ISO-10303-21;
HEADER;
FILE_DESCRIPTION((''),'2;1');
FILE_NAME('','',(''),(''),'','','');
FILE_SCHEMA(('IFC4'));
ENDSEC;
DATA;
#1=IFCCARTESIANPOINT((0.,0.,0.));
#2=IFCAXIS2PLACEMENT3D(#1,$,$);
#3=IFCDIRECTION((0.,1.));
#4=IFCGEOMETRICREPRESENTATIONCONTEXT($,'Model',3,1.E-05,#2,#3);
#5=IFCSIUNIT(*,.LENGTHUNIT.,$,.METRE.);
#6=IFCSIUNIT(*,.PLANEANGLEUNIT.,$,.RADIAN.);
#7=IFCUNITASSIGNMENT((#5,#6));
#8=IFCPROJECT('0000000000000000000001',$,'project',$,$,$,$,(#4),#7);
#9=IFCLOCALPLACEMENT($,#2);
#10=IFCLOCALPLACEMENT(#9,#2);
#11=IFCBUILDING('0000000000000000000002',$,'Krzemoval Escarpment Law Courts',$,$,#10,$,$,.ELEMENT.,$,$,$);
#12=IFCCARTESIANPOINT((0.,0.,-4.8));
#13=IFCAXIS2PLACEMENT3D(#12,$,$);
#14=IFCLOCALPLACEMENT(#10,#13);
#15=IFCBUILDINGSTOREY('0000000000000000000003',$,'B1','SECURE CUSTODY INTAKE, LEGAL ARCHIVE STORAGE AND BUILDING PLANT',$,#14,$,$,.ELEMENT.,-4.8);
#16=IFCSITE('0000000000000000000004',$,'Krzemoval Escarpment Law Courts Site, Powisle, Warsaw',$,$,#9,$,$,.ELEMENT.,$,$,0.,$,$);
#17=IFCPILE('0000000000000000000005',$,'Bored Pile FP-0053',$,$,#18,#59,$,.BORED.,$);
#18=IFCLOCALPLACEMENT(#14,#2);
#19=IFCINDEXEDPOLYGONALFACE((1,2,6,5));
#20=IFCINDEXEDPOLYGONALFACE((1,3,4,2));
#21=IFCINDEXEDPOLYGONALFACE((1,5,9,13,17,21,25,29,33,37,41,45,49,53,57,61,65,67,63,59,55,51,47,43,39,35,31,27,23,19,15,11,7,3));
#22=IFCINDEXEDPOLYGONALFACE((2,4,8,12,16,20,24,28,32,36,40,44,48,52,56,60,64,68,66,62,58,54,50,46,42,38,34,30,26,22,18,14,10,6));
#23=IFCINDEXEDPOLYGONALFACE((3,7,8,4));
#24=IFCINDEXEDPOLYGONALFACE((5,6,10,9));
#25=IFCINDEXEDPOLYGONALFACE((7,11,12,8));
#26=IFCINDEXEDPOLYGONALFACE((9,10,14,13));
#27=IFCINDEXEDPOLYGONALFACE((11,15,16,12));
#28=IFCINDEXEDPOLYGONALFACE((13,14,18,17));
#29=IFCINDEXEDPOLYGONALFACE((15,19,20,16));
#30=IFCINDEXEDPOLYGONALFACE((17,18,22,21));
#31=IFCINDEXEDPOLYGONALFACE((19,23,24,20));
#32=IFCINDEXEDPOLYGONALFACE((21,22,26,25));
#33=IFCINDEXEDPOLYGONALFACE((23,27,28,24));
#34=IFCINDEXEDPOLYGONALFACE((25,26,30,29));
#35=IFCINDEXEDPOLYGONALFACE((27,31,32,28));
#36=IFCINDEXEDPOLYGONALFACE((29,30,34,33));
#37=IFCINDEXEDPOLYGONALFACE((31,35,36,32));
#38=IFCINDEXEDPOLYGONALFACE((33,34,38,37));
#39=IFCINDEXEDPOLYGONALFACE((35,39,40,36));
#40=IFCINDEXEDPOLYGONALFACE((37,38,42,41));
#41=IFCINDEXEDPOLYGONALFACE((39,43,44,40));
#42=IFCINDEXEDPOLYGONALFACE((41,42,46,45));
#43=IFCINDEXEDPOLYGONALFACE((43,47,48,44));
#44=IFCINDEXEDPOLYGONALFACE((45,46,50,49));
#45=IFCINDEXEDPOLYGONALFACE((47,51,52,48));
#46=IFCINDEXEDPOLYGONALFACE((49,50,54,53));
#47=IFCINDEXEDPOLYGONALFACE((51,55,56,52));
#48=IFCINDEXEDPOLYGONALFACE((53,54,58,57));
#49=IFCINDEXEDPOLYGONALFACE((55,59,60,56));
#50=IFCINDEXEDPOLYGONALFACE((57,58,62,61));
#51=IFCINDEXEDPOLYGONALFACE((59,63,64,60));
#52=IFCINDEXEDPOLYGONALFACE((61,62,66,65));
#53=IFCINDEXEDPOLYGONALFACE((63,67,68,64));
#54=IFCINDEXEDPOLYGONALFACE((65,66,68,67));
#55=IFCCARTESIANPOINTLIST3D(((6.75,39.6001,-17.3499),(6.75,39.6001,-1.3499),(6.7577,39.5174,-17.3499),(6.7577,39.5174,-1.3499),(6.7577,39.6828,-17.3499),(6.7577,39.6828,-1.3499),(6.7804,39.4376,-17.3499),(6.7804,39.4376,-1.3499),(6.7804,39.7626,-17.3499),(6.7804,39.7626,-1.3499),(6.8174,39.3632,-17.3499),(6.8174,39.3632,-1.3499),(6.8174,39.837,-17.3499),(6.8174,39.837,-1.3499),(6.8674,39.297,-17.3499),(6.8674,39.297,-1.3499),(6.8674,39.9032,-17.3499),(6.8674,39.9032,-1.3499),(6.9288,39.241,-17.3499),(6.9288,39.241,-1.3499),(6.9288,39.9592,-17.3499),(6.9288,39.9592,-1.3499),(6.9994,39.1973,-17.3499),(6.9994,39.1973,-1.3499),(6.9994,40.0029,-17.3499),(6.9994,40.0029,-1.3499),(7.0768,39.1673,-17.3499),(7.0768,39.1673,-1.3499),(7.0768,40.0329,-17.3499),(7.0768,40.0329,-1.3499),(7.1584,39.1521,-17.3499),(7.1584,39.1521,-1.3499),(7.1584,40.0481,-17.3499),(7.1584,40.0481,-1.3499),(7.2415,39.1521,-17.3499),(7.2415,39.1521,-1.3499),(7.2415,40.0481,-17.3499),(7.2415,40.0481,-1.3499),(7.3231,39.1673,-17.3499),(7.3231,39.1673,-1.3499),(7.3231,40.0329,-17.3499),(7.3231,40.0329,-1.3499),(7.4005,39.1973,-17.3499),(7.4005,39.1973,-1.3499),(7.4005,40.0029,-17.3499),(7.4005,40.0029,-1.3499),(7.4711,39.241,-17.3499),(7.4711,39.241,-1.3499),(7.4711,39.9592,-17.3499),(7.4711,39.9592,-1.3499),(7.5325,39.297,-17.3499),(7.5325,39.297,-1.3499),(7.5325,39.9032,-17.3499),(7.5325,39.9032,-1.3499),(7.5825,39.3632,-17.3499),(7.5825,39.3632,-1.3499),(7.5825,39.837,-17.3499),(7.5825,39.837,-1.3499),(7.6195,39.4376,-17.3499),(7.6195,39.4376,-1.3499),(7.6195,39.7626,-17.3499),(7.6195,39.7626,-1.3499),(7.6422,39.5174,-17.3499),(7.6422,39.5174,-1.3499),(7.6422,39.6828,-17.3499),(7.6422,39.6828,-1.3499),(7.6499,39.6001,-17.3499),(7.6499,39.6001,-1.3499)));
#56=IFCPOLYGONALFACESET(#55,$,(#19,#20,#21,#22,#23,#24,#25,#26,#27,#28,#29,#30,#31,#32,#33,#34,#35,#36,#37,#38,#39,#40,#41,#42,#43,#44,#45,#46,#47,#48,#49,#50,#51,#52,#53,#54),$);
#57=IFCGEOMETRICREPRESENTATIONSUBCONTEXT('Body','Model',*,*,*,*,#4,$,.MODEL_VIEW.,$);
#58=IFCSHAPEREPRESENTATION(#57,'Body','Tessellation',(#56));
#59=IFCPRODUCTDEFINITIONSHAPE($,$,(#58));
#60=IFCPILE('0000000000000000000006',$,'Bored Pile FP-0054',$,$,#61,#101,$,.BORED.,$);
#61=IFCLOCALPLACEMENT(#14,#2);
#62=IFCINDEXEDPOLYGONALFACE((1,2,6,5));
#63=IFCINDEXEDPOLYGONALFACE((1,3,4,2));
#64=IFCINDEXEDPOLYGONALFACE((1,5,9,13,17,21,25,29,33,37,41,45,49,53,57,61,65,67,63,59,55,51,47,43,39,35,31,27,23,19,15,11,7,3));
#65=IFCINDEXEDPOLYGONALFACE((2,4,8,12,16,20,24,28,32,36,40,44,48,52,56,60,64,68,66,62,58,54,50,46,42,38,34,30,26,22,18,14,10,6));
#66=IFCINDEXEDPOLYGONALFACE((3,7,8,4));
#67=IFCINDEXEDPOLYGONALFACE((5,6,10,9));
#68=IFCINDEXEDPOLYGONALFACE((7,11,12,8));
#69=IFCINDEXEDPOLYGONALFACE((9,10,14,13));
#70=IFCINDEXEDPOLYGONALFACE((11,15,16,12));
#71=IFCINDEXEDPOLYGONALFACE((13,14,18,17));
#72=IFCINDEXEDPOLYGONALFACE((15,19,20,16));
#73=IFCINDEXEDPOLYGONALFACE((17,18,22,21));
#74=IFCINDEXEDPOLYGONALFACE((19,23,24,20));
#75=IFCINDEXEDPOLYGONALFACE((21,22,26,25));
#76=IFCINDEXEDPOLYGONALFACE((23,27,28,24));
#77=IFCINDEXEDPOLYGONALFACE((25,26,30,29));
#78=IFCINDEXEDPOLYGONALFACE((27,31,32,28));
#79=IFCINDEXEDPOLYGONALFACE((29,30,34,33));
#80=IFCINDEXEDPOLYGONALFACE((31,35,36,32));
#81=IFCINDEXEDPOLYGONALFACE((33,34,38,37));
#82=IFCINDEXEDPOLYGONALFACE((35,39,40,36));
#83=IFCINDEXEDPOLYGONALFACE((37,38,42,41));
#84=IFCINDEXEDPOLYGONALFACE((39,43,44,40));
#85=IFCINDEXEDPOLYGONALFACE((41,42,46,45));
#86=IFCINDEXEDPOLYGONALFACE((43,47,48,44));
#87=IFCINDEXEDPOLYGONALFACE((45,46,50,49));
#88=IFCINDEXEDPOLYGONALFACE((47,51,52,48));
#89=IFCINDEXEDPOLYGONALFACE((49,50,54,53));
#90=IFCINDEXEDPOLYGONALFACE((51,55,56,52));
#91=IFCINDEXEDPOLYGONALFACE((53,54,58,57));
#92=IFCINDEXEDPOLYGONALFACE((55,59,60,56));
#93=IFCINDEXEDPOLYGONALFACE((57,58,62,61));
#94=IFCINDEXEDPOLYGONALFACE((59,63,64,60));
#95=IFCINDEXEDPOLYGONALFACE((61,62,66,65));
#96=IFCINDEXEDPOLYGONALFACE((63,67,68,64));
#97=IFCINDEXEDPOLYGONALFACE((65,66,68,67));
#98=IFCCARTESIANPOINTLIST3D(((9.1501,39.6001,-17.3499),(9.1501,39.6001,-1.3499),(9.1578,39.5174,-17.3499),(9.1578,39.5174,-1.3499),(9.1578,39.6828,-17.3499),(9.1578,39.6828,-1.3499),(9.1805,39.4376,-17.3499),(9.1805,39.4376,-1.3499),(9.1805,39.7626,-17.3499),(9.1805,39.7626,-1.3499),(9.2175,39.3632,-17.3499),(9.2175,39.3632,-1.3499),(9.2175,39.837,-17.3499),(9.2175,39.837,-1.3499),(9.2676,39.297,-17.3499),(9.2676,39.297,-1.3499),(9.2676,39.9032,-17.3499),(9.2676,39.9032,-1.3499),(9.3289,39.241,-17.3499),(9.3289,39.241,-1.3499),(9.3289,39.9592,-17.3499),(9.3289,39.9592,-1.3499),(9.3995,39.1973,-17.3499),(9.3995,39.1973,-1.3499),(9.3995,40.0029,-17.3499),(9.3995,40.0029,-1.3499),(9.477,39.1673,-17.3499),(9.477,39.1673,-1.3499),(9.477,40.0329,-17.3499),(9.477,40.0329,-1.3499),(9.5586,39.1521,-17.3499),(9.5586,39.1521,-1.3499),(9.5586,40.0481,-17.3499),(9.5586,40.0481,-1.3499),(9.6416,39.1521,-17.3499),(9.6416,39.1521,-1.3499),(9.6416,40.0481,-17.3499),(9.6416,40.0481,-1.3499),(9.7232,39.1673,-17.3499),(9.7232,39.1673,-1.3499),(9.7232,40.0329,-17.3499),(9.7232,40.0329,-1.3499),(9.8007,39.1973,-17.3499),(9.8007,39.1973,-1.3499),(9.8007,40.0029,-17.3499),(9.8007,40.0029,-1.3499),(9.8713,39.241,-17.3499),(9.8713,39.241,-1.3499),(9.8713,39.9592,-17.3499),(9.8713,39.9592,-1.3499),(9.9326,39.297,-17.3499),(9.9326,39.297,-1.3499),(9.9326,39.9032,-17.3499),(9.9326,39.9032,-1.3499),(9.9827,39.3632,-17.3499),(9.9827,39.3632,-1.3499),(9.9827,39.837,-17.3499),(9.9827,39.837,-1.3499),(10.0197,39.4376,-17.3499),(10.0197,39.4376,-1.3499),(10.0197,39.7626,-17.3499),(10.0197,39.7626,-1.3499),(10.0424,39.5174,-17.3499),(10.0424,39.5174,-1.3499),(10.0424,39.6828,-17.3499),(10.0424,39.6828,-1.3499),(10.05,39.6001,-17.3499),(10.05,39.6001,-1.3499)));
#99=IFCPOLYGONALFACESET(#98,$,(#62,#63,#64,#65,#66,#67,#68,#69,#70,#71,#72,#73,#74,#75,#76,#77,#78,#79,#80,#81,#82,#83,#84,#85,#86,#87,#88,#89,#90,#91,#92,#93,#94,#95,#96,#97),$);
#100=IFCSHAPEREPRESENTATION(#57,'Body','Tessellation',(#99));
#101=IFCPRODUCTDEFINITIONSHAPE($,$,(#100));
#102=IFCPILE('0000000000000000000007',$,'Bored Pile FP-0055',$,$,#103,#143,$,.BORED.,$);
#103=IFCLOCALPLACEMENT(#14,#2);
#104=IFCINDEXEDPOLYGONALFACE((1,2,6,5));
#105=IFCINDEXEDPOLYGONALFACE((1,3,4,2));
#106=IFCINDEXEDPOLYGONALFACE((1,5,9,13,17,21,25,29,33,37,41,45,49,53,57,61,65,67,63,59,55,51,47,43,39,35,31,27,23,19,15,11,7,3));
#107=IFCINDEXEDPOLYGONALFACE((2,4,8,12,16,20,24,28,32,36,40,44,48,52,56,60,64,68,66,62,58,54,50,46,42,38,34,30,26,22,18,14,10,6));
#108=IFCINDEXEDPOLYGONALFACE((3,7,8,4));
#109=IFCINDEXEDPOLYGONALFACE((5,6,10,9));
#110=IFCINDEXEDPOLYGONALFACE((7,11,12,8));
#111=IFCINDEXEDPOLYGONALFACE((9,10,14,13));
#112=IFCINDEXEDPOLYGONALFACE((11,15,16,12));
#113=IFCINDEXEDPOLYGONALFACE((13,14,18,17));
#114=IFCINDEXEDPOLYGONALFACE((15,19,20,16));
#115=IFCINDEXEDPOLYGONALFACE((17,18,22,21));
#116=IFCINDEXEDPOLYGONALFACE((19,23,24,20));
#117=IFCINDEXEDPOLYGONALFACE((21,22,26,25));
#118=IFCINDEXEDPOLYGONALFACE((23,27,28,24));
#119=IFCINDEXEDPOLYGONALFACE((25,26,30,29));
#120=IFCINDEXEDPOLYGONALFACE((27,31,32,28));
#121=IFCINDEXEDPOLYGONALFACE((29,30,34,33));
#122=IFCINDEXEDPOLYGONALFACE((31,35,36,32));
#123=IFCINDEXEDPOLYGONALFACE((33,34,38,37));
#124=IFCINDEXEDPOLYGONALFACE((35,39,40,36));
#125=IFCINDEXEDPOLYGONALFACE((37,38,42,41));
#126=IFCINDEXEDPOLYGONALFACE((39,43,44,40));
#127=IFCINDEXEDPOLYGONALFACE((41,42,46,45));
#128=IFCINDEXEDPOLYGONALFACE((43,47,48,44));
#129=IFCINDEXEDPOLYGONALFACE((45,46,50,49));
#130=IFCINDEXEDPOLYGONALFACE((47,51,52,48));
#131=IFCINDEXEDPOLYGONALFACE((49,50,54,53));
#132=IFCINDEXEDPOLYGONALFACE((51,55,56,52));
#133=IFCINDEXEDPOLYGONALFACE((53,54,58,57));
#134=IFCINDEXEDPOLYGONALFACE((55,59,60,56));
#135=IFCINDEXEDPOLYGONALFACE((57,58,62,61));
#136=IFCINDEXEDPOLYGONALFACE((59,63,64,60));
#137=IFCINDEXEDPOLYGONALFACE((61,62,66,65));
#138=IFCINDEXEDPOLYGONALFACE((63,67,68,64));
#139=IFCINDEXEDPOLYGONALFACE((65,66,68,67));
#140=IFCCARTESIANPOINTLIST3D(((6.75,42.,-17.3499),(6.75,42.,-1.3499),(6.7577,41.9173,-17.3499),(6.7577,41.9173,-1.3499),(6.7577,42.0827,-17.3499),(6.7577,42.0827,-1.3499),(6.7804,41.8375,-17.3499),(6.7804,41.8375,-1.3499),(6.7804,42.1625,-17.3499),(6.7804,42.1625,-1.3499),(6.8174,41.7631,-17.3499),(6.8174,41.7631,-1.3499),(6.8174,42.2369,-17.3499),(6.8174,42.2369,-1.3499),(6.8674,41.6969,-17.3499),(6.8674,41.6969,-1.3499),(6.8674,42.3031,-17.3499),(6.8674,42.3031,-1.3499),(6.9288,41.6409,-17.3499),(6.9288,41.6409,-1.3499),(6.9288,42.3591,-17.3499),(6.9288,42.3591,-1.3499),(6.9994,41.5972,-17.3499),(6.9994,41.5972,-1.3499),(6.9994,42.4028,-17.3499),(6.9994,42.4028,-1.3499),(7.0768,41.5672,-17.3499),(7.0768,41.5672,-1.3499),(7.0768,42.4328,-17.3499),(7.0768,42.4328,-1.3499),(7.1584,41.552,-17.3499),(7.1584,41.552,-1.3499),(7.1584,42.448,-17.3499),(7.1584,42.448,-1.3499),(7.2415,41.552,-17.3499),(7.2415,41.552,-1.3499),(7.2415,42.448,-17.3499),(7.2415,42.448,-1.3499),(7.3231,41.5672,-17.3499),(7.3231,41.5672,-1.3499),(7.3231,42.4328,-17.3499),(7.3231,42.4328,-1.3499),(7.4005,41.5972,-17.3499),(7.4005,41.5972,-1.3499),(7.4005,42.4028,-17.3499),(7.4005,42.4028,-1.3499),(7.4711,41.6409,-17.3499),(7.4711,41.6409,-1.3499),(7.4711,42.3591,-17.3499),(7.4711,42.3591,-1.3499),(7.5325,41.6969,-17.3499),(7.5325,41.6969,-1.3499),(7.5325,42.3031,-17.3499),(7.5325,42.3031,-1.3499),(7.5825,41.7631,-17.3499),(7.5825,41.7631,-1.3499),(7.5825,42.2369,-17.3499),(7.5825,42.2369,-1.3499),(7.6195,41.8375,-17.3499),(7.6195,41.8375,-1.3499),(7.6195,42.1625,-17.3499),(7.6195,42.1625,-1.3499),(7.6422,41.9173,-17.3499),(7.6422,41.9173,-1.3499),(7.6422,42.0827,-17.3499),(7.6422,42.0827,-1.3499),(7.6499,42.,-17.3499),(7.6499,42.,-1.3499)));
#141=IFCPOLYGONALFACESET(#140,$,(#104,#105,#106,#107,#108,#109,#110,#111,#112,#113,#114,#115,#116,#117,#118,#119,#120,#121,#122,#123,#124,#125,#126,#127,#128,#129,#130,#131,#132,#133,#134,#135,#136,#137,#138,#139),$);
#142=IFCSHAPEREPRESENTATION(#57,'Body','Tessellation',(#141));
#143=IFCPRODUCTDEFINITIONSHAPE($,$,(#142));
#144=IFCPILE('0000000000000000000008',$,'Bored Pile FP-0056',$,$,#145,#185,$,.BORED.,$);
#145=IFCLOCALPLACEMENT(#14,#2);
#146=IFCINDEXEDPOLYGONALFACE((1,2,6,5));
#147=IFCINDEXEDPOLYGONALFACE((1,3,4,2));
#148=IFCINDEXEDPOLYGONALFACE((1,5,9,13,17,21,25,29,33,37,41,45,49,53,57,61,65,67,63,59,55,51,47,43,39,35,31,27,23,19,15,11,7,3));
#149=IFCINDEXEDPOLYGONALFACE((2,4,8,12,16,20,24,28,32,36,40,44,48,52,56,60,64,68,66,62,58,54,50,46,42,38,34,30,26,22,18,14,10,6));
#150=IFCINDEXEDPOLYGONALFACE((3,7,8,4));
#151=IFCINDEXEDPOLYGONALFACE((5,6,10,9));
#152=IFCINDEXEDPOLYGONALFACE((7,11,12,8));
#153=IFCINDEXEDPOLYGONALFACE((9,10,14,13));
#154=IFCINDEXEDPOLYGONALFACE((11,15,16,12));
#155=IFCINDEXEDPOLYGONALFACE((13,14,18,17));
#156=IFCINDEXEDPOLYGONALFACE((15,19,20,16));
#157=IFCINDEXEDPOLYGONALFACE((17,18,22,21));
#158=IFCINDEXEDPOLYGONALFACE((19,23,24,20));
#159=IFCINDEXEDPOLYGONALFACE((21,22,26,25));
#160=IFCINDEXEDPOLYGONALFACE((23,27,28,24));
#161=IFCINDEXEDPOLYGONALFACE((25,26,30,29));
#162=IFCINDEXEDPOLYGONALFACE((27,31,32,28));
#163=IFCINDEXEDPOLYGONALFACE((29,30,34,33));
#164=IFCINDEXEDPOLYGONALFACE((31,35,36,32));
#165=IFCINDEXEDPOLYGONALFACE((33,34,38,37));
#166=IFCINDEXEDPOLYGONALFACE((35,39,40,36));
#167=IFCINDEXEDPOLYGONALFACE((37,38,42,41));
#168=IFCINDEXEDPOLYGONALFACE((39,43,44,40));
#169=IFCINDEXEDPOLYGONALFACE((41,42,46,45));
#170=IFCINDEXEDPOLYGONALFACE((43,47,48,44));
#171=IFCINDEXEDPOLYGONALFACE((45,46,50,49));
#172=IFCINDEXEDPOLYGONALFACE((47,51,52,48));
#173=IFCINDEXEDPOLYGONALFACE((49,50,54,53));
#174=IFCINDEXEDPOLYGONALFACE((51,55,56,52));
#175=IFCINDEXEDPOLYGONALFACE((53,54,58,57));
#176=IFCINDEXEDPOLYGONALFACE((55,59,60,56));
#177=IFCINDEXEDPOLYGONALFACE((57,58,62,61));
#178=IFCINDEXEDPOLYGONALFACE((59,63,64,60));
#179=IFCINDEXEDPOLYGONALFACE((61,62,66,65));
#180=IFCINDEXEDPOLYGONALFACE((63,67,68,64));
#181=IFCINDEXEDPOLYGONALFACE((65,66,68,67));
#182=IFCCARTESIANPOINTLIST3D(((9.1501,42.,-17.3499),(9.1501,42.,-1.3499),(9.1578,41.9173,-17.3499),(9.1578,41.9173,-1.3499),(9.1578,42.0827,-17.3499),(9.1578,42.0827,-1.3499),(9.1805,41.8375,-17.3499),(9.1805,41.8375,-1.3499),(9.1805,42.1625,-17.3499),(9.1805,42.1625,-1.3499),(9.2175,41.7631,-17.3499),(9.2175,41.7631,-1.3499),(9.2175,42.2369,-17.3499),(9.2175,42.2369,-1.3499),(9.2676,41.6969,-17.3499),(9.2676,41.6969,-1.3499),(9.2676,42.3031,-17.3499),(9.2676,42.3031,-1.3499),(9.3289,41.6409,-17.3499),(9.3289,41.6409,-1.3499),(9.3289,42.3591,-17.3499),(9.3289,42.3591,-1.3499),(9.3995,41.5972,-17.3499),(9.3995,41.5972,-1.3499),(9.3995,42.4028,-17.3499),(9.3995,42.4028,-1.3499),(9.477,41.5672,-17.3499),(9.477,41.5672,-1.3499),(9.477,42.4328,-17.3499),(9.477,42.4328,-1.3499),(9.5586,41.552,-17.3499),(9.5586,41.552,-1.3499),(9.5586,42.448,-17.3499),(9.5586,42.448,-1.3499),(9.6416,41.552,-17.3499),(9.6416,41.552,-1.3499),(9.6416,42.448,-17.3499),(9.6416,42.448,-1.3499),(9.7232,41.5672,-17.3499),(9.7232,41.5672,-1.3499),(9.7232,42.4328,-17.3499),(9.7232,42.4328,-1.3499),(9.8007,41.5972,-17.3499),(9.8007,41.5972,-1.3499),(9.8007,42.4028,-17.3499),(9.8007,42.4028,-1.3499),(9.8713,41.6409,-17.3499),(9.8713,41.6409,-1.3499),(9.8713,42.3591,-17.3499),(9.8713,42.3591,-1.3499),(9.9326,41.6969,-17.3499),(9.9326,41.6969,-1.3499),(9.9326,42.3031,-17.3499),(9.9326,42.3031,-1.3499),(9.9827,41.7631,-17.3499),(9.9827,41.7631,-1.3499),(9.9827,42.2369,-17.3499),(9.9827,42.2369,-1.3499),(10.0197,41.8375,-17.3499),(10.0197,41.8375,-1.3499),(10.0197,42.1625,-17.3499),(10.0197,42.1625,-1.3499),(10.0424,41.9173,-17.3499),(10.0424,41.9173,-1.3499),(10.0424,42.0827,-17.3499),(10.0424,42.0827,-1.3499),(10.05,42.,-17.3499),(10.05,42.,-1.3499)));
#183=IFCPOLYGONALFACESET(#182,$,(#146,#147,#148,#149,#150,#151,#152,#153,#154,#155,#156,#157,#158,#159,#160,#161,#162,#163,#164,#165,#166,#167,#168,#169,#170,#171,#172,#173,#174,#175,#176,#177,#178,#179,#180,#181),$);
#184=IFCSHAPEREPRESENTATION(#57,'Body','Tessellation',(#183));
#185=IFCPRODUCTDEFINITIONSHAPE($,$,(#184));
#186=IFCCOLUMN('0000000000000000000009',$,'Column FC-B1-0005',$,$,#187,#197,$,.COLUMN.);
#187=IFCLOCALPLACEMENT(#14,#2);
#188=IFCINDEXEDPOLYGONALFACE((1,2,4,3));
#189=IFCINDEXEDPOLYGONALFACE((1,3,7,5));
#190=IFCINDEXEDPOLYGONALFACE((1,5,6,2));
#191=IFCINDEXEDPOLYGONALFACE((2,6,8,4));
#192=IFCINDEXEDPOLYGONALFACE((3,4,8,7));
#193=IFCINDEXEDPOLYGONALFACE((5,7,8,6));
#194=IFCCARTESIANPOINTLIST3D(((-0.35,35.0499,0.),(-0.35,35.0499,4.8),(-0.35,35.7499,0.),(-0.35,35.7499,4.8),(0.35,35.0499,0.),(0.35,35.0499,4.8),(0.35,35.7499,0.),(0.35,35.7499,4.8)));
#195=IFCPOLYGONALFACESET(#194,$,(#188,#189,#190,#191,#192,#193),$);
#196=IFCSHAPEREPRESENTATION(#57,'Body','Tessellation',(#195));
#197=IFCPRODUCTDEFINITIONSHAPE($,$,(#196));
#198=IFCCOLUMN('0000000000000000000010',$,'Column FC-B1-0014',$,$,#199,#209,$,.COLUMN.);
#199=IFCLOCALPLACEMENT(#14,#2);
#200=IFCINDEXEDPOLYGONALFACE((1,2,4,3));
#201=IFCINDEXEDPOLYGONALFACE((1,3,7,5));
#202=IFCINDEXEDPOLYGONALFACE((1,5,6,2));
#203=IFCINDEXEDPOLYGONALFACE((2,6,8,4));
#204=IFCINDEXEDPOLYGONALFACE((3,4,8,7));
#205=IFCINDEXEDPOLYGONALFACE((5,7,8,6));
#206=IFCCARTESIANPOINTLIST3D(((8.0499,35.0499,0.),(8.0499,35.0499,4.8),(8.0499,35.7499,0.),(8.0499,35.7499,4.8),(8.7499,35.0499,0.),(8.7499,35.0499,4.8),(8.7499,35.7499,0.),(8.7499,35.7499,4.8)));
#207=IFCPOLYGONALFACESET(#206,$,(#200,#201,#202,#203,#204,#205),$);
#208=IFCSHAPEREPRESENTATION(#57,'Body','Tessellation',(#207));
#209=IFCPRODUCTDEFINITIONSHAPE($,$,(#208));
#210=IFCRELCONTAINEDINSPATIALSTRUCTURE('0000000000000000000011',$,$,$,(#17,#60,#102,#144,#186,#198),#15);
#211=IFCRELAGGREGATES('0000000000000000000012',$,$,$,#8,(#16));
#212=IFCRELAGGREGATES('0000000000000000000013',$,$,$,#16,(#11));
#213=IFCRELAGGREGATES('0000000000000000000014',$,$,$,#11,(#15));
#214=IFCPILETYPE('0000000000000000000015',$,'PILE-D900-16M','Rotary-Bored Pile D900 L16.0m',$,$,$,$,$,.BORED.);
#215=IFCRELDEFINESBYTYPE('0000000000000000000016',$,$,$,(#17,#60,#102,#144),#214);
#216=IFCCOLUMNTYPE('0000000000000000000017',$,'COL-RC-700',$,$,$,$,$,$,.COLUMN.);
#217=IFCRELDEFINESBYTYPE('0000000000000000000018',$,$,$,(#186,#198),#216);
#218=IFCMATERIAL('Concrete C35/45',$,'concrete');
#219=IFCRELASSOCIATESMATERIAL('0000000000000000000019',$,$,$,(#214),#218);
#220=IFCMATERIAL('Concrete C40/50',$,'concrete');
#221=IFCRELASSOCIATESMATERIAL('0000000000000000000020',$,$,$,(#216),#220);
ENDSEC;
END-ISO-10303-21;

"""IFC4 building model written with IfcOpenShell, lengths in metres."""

from ifc_helpers import new_model, si_unit, direction, frame, origin, origin_2d, place, context, subcontext, project, spatial, rectangle, circle, extrude, material, material_profile, profile_set, type_object, element, save


model = new_model("IFC4")

# Units and contexts
model_context = context("Model", 3, precision=1e-05, world=origin(), true_north=direction((0.0, 1.0)))
body_context = subcontext(model_context, "Body", "Model", "MODEL_VIEW")
ifc_project = project(units=[si_unit("LENGTHUNIT", "METRE"), si_unit("PLANEANGLEUNIT", "RADIAN")], contexts=[model_context])

# Site, building, storey
site_placement = place(None, origin())
site = spatial("IfcSite", under=ifc_project, at=site_placement, Name="Krzemoval Escarpment Law Courts Site, Powisle, Warsaw", CompositionType="ELEMENT", RefElevation=0.0)
building_placement = place(site_placement, origin())
building = spatial("IfcBuilding", under=site, at=building_placement, Name="Krzemoval Escarpment Law Courts", CompositionType="ELEMENT")
storey_placement = place(building_placement, frame((0.0, 0.0, -4.8)))
storey = spatial("IfcBuildingStorey", under=building, at=storey_placement, Name="B1", Description="SECURE CUSTODY INTAKE, LEGAL ARCHIVE STORAGE AND BUILDING PLANT", CompositionType="ELEMENT", Elevation=-4.8)

# Piles
ifc_material_1 = material(Name="Concrete C35/45", Category="concrete")
ifc_material_profile_1 = material_profile(ifc_material_1, circle(Radius=0.45, at=origin_2d()), Name="PILE D900")
ifc_profile_set_1 = profile_set([ifc_material_profile_1], Name="Concrete C35/45")
pile_type_1 = type_object("IfcPileType", Name="PILE-D900-16M", Description="Rotary-Bored Pile D900 L16.0m", PredefinedType="BORED", material=ifc_profile_set_1)
for number, where, z_axis, x_axis, name in (
    (1, (7.2, 39.6001, -1.3499), (0.0, 0.0, -1.0), (1.0, 0.0, 0.0), "Bored Pile FP-0053"),
    (2, (9.6001, 39.6001, -1.3499), (0.0, 0.0, -1.0), (1.0, 0.0, 0.0), "Bored Pile FP-0054"),
    (3, (7.2, 42.0, -1.3499), (0.0, 0.0, -1.0), (1.0, 0.0, 0.0), "Bored Pile FP-0055"),
    (4, (9.6001, 42.0, -1.3499), (0.0, 0.0, -1.0), (1.0, 0.0, 0.0), "Bored Pile FP-0056"),
):
    element("IfcPile", number, at=place(storey_placement, frame(where, z_axis=z_axis, x_axis=x_axis)), inside=storey, type_object=pile_type_1, Name=name, PredefinedType="BORED", context=body_context, shape_type="SweptSolid", body=[
        extrude(circle(Radius=0.45, at=origin_2d()), origin(), (0.0, 0.0, 1.0), 16.0),
    ])

# Columns
ifc_material_2 = material(Name="Concrete C40/50", Category="concrete")
ifc_material_profile_2 = material_profile(ifc_material_2, rectangle(XDim=0.7, YDim=0.7, at=origin_2d()), Name="RC 700x700")
ifc_profile_set_2 = profile_set([ifc_material_profile_2], Name="Concrete C40/50")
column_type_1 = type_object("IfcColumnType", Name="COL-RC-700", PredefinedType="COLUMN", material=ifc_profile_set_2)
for number, where, z_axis, x_axis, name in (
    (5, (0.0, 35.3999, 0.0), (0.0, 0.0, 1.0), (1.0, 0.0, 0.0), "Column FC-B1-0005"),
    (6, (8.3999, 35.3999, 0.0), (0.0, 0.0, 1.0), (1.0, 0.0, 0.0), "Column FC-B1-0014"),
):
    element("IfcColumn", number, at=place(storey_placement, frame(where, z_axis=z_axis, x_axis=x_axis)), inside=storey, type_object=column_type_1, Name=name, PredefinedType="COLUMN", context=body_context, shape_type="SweptSolid", body=[
        extrude(rectangle(XDim=0.7, YDim=0.7, at=origin_2d()), origin(), (0.0, 0.0, 1.0), 4.8),
    ])

save(model, "model.ifc")
